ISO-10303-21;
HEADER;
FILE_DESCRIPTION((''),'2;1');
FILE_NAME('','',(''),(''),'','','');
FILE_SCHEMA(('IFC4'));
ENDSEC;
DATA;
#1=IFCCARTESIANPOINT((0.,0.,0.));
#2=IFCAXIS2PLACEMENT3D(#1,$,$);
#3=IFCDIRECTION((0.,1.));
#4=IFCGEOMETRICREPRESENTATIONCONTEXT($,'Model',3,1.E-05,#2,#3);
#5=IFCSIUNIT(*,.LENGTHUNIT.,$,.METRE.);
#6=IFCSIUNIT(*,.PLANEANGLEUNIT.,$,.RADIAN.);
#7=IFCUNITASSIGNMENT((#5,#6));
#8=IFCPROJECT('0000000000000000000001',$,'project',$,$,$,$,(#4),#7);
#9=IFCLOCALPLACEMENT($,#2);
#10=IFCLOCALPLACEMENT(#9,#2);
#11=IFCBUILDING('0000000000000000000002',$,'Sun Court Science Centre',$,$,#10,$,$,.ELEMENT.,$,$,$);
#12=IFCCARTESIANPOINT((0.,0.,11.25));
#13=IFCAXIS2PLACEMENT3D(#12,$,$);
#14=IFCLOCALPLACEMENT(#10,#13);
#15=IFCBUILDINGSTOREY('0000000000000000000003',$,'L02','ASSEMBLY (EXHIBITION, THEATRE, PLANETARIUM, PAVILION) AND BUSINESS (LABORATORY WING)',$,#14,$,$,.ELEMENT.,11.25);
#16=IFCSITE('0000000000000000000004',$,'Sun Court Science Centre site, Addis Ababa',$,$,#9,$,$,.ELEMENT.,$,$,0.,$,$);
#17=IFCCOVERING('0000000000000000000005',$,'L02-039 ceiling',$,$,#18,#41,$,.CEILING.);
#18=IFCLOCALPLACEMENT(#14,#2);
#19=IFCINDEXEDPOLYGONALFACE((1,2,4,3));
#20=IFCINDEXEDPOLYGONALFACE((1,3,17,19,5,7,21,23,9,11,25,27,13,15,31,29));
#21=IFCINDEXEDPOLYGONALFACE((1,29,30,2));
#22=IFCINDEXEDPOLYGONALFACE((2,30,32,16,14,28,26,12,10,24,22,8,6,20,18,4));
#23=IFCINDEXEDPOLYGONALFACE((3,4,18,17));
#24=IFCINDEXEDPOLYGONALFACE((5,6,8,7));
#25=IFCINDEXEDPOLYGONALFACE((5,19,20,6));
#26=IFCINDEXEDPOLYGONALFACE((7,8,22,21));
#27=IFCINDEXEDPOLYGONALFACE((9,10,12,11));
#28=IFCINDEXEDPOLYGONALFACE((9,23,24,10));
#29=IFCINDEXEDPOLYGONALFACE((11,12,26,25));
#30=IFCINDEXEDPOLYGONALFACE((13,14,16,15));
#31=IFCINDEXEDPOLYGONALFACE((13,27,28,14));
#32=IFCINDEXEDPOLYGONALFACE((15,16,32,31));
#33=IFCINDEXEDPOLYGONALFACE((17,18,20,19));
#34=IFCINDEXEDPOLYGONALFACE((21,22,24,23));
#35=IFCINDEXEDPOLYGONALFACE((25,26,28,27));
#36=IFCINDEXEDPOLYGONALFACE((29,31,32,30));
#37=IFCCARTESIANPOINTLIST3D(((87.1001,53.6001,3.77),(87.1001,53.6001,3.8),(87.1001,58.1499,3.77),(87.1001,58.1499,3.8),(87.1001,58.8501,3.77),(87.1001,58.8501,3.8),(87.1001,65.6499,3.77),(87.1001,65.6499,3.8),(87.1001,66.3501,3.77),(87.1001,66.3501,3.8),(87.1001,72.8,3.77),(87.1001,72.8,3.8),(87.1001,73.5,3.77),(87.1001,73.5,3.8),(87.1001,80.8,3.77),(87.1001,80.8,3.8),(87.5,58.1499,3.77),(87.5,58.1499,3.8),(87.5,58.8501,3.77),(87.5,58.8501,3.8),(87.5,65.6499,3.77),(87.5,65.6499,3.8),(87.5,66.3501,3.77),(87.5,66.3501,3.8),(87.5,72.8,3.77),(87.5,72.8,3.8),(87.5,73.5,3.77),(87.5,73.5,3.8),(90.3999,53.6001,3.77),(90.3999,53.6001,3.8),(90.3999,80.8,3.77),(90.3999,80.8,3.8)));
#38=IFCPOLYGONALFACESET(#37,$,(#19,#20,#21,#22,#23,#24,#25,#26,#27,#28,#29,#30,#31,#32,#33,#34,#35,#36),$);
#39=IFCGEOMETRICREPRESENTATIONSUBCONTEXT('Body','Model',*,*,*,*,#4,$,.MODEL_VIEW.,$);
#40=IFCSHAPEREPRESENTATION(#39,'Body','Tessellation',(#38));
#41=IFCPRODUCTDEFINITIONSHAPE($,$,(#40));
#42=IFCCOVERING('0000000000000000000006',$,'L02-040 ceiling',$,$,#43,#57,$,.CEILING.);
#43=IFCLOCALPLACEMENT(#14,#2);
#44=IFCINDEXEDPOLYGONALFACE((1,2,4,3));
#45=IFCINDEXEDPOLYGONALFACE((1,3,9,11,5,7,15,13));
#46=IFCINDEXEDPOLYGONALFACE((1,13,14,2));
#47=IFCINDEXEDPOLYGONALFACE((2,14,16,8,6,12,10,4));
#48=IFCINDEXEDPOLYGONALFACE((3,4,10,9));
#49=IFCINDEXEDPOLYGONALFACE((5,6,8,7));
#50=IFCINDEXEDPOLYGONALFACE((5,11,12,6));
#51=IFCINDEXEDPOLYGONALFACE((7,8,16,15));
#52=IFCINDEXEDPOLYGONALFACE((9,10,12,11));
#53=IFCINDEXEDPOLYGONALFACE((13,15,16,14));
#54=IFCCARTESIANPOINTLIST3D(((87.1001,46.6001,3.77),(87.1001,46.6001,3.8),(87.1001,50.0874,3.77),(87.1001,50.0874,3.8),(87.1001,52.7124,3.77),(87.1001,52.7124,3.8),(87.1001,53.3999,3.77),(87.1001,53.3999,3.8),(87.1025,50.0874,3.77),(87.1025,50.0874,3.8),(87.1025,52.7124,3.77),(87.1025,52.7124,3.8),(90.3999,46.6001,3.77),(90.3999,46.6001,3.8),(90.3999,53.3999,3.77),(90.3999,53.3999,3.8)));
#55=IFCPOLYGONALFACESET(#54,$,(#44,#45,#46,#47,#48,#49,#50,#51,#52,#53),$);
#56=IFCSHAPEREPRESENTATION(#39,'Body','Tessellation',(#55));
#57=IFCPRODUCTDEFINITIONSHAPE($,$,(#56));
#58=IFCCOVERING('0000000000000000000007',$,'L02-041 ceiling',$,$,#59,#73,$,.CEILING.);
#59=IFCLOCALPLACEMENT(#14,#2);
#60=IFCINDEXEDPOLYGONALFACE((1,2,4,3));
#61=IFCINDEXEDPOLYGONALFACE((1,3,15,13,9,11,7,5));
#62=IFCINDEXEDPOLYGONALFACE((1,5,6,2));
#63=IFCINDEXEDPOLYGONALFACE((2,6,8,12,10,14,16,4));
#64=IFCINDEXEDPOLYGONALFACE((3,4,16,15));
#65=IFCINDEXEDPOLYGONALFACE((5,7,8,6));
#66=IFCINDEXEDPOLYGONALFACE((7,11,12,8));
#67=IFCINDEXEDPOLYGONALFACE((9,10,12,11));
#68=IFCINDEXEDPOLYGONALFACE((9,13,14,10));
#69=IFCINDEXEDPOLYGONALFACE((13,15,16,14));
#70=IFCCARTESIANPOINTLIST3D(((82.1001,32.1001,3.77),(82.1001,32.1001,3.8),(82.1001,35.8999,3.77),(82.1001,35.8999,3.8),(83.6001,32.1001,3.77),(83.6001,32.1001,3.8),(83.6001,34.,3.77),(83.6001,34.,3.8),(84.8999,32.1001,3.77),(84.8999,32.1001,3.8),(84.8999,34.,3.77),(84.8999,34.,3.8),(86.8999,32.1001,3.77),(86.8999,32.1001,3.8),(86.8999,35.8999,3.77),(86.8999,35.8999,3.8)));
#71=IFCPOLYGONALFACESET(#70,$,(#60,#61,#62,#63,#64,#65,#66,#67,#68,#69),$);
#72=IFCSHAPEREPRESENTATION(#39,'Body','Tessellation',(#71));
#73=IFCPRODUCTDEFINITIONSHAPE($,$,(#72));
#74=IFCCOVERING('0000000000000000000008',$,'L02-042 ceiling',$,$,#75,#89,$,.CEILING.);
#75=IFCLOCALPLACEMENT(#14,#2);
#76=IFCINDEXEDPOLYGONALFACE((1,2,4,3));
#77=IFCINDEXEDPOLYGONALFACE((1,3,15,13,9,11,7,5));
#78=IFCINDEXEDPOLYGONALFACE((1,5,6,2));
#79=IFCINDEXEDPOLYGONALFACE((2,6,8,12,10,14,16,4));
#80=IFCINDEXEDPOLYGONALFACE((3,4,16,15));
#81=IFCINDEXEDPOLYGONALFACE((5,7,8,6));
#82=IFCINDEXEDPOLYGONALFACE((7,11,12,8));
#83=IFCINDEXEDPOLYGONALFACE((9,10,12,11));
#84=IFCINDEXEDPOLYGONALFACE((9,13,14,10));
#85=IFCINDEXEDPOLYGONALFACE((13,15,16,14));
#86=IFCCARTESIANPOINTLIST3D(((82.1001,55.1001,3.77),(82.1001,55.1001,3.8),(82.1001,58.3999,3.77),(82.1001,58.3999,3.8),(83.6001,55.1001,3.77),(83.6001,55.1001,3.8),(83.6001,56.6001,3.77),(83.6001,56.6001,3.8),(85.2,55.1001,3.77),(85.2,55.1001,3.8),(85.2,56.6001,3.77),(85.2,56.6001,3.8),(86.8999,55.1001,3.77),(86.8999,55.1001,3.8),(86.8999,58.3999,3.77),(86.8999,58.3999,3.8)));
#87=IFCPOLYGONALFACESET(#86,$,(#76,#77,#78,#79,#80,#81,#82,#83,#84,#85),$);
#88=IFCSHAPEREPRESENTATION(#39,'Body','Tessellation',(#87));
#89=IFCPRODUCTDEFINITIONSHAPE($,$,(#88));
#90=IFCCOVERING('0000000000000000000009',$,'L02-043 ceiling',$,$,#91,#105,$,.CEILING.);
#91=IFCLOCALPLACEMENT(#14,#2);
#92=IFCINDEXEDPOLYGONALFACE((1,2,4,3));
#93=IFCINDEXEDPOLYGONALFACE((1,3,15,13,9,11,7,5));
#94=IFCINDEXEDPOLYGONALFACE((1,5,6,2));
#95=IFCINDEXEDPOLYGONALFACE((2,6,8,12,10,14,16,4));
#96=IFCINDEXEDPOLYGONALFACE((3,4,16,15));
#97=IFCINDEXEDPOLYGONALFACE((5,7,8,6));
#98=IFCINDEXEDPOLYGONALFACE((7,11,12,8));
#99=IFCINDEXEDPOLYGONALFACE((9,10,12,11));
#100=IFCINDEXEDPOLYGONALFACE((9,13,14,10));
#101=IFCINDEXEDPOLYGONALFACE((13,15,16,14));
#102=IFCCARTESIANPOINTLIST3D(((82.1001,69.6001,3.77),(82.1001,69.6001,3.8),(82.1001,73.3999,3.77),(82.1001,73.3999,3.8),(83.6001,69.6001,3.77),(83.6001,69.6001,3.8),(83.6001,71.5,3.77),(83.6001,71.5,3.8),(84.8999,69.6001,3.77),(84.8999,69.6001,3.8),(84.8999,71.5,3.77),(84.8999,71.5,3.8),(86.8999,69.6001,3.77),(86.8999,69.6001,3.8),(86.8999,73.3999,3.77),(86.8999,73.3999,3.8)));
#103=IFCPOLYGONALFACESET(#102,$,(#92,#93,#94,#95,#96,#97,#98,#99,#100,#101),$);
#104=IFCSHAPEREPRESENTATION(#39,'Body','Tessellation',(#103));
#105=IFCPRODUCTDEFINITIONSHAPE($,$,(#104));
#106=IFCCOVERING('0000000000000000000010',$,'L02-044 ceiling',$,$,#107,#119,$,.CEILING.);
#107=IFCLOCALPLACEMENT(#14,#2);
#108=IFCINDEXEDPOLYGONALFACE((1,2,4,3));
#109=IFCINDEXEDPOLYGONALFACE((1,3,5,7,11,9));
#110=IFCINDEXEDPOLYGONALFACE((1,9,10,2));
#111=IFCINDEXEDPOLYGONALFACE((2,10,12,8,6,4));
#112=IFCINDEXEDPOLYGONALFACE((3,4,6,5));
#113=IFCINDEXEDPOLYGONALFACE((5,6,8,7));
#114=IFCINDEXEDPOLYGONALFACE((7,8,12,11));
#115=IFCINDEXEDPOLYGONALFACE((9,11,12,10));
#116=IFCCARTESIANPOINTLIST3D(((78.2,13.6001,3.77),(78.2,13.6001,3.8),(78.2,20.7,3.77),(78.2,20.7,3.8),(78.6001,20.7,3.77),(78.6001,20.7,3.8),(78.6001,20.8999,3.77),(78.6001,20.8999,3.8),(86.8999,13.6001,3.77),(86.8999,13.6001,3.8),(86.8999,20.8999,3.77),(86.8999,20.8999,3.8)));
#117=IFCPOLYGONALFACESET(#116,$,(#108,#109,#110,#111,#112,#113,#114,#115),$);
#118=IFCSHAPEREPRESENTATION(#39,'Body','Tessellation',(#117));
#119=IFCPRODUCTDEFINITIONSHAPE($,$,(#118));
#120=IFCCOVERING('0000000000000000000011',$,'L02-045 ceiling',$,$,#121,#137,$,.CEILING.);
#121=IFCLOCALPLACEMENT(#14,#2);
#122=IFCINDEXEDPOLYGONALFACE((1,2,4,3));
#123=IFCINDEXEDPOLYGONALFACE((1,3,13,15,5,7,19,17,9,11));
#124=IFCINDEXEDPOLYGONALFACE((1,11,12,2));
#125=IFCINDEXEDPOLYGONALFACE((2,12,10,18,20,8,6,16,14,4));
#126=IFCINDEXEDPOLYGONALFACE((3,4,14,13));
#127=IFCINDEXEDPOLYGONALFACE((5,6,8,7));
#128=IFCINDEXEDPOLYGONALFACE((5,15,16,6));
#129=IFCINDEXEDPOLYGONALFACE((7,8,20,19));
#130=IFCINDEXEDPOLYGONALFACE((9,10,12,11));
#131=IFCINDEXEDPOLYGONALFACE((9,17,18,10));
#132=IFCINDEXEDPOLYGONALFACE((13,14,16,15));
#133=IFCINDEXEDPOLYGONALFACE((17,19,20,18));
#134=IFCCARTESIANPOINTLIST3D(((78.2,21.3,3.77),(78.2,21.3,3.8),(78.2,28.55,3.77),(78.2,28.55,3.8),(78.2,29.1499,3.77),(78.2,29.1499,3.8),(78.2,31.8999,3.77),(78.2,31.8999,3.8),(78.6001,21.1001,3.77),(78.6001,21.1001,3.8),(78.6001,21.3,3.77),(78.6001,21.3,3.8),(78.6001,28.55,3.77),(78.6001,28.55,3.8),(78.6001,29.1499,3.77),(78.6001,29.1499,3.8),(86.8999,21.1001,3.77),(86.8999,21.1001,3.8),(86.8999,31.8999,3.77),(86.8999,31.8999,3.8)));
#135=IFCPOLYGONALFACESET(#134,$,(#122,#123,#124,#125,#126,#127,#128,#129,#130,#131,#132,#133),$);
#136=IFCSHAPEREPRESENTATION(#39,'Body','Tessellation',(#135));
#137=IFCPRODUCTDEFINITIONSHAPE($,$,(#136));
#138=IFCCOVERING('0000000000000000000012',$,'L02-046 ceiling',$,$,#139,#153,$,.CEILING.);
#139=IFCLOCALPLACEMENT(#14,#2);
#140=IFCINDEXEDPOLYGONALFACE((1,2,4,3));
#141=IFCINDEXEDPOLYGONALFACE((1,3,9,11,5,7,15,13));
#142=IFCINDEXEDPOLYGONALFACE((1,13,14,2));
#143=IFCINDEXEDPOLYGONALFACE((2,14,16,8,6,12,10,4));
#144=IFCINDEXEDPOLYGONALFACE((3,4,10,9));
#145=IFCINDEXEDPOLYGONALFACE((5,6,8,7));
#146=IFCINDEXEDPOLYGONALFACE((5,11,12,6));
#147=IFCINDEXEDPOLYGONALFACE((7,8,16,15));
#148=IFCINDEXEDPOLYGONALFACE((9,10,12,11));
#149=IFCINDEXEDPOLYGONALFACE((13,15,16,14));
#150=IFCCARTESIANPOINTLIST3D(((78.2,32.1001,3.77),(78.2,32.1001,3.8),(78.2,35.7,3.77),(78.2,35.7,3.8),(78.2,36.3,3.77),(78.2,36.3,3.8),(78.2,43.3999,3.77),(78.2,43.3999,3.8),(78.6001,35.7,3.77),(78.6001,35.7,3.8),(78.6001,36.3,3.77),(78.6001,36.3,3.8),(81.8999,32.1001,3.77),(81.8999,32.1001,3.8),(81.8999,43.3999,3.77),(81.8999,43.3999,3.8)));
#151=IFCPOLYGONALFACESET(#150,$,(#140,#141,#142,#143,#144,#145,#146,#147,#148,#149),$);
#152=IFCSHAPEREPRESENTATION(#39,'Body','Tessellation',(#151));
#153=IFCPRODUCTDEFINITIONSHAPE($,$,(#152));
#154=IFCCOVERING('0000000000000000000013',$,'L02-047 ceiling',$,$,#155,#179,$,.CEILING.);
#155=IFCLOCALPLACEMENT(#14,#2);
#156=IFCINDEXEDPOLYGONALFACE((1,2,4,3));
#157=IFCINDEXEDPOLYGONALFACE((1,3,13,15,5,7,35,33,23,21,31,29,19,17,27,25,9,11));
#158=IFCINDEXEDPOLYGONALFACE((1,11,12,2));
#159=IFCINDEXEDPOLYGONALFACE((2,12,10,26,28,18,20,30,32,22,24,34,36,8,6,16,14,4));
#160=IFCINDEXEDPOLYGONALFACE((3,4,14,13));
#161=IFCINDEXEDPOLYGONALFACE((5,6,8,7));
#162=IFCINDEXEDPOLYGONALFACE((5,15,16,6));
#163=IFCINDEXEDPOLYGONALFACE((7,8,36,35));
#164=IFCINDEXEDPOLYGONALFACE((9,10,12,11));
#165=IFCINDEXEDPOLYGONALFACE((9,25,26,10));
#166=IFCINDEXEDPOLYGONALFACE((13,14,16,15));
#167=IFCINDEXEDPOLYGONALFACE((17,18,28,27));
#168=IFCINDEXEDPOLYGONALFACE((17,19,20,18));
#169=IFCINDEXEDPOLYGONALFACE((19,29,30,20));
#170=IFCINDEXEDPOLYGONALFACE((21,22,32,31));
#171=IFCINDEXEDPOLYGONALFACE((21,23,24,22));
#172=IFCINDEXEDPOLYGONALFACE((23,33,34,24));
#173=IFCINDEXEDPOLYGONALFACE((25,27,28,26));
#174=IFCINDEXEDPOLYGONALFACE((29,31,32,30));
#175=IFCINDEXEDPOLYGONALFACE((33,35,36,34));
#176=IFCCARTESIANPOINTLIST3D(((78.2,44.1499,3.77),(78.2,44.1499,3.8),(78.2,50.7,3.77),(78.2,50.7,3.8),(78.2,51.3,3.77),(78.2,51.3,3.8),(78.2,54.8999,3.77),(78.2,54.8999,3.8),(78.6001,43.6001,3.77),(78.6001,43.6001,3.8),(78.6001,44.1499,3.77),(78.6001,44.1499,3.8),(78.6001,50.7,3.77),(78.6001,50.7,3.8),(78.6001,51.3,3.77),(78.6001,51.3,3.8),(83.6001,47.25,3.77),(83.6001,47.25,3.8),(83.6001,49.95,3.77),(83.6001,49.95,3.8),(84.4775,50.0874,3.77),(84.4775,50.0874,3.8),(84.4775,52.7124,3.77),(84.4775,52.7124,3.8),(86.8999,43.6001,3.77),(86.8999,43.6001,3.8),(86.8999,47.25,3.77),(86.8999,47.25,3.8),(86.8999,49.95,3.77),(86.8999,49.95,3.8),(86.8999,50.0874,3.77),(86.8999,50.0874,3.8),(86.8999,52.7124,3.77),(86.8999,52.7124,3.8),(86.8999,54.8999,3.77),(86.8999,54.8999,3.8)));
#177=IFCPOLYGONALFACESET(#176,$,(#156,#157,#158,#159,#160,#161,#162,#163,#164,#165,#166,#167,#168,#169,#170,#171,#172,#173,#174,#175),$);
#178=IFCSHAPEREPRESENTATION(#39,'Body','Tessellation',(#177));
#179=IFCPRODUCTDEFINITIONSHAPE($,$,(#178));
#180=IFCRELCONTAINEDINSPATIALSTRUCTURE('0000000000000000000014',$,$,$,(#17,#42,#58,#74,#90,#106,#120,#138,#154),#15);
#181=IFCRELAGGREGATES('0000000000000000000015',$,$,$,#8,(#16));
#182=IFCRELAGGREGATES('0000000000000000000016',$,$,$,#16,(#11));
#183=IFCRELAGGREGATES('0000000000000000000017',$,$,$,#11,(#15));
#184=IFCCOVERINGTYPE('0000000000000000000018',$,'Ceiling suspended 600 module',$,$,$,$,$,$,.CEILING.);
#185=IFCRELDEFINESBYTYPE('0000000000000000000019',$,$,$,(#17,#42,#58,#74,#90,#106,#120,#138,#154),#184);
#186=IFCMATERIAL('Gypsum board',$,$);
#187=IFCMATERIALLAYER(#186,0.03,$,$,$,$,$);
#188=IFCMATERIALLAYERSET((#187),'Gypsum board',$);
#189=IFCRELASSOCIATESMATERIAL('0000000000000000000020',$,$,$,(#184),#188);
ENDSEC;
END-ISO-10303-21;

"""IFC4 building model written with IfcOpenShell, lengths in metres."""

from ifc_helpers import new_model, si_unit, direction, frame, origin, place, context, subcontext, project, spatial, polyline, outline, extrude, material, layer, layer_set, type_object, element, save


model = new_model("IFC4")

# Units and contexts
model_context = context("Model", 3, precision=1e-05, world=origin(), true_north=direction((0.0, 1.0)))
body_context = subcontext(model_context, "Body", "Model", "MODEL_VIEW")
ifc_project = project(units=[si_unit("LENGTHUNIT", "METRE"), si_unit("PLANEANGLEUNIT", "RADIAN")], contexts=[model_context])

# Site, building, storey
site_placement = place(None, origin())
site = spatial("IfcSite", under=ifc_project, at=site_placement, Name="Sun Court Science Centre site, Addis Ababa", CompositionType="ELEMENT", RefElevation=0.0)
building_placement = place(site_placement, origin())
building = spatial("IfcBuilding", under=site, at=building_placement, Name="Sun Court Science Centre", CompositionType="ELEMENT")
storey_placement = place(building_placement, frame((0.0, 0.0, 11.25)))
storey = spatial("IfcBuildingStorey", under=building, at=storey_placement, Name="L02", Description="ASSEMBLY (EXHIBITION, THEATRE, PLANETARIUM, PAVILION) AND BUSINESS (LABORATORY WING)", CompositionType="ELEMENT", Elevation=11.25)

# Coverings
ifc_material = material(Name="Gypsum board")
ifc_layer = layer(ifc_material, 0.03)
ifc_layer_set = layer_set([ifc_layer], Name="Gypsum board")
covering_type = type_object("IfcCoveringType", Name="Ceiling suspended 600 module", PredefinedType="CEILING", material=ifc_layer_set)
covering_1_placement = place(storey_placement, frame((0.0, 0.0, 3.77)))
element("IfcCovering", 1, at=covering_1_placement, inside=storey, type_object=covering_type, Name="L02-039 ceiling", PredefinedType="CEILING", context=body_context, shape_type="SweptSolid", body=[
    extrude(outline(polyline([(90.3999, 80.8), (90.3999, 53.6001), (87.1001, 53.6001), (87.1001, 58.1499), (87.5, 58.1499), (87.5, 58.8501), (87.1001, 58.8501), (87.1001, 65.6499), (87.5, 65.6499), (87.5, 66.3501), (87.1001, 66.3501), (87.1001, 72.8), (87.5, 72.8), (87.5, 73.5), (87.1001, 73.5), (87.1001, 80.8), (90.3999, 80.8)])), origin(), (0.0, 0.0, 1.0), 0.03),
])
covering_2_placement = place(storey_placement, frame((0.0, 0.0, 3.77)))
element("IfcCovering", 2, at=covering_2_placement, inside=storey, type_object=covering_type, Name="L02-040 ceiling", PredefinedType="CEILING", context=body_context, shape_type="SweptSolid", body=[
    extrude(outline(polyline([(87.1001, 53.3999), (90.3999, 53.3999), (90.3999, 46.6001), (87.1001, 46.6001), (87.1001, 50.0874), (87.1025, 50.0874), (87.1025, 52.7124), (87.1001, 52.7124), (87.1001, 53.3999)])), origin(), (0.0, 0.0, 1.0), 0.03),
])
covering_3_placement = place(storey_placement, frame((0.0, 0.0, 3.77)))
element("IfcCovering", 3, at=covering_3_placement, inside=storey, type_object=covering_type, Name="L02-041 ceiling", PredefinedType="CEILING", context=body_context, shape_type="SweptSolid", body=[
    extrude(outline(polyline([(84.8999, 34.0), (83.6001, 34.0), (83.6001, 32.1001), (82.1001, 32.1001), (82.1001, 35.8999), (86.8999, 35.8999), (86.8999, 32.1001), (84.8999, 32.1001), (84.8999, 34.0)])), origin(), (0.0, 0.0, 1.0), 0.03),
])
covering_4_placement = place(storey_placement, frame((0.0, 0.0, 3.77)))
element("IfcCovering", 4, at=covering_4_placement, inside=storey, type_object=covering_type, Name="L02-042 ceiling", PredefinedType="CEILING", context=body_context, shape_type="SweptSolid", body=[
    extrude(outline(polyline([(85.2, 56.6001), (83.6001, 56.6001), (83.6001, 55.1001), (82.1001, 55.1001), (82.1001, 58.3999), (86.8999, 58.3999), (86.8999, 55.1001), (85.2, 55.1001), (85.2, 56.6001)])), origin(), (0.0, 0.0, 1.0), 0.03),
])
covering_5_placement = place(storey_placement, frame((0.0, 0.0, 3.77)))
element("IfcCovering", 5, at=covering_5_placement, inside=storey, type_object=covering_type, Name="L02-043 ceiling", PredefinedType="CEILING", context=body_context, shape_type="SweptSolid", body=[
    extrude(outline(polyline([(84.8999, 71.5), (83.6001, 71.5), (83.6001, 69.6001), (82.1001, 69.6001), (82.1001, 73.3999), (86.8999, 73.3999), (86.8999, 69.6001), (84.8999, 69.6001), (84.8999, 71.5)])), origin(), (0.0, 0.0, 1.0), 0.03),
])
covering_6_placement = place(storey_placement, frame((0.0, 0.0, 3.77)))
element("IfcCovering", 6, at=covering_6_placement, inside=storey, type_object=covering_type, Name="L02-044 ceiling", PredefinedType="CEILING", context=body_context, shape_type="SweptSolid", body=[
    extrude(outline(polyline([(78.6001, 20.8999), (86.8999, 20.8999), (86.8999, 13.6001), (78.2, 13.6001), (78.2, 20.7), (78.6001, 20.7), (78.6001, 20.8999)])), origin(), (0.0, 0.0, 1.0), 0.03),
])
covering_7_placement = place(storey_placement, frame((0.0, 0.0, 3.77)))
element("IfcCovering", 7, at=covering_7_placement, inside=storey, type_object=covering_type, Name="L02-045 ceiling", PredefinedType="CEILING", context=body_context, shape_type="SweptSolid", body=[
    extrude(outline(polyline([(78.2, 31.8999), (86.8999, 31.8999), (86.8999, 21.1001), (78.6001, 21.1001), (78.6001, 21.3), (78.2, 21.3), (78.2, 28.55), (78.6001, 28.55), (78.6001, 29.1499), (78.2, 29.1499), (78.2, 31.8999)])), origin(), (0.0, 0.0, 1.0), 0.03),
])
covering_8_placement = place(storey_placement, frame((0.0, 0.0, 3.77)))
element("IfcCovering", 8, at=covering_8_placement, inside=storey, type_object=covering_type, Name="L02-046 ceiling", PredefinedType="CEILING", context=body_context, shape_type="SweptSolid", body=[
    extrude(outline(polyline([(78.2, 43.3999), (81.8999, 43.3999), (81.8999, 32.1001), (78.2, 32.1001), (78.2, 35.7), (78.6001, 35.7), (78.6001, 36.3), (78.2, 36.3), (78.2, 43.3999)])), origin(), (0.0, 0.0, 1.0), 0.03),
])
covering_9_placement = place(storey_placement, frame((0.0, 0.0, 3.77)))
element("IfcCovering", 9, at=covering_9_placement, inside=storey, type_object=covering_type, Name="L02-047 ceiling", PredefinedType="CEILING", context=body_context, shape_type="SweptSolid", body=[
    extrude(outline(polyline([(78.2, 54.8999), (86.8999, 54.8999), (86.8999, 52.7124), (84.4775, 52.7124), (84.4775, 50.0874), (86.8999, 50.0874), (86.8999, 49.95), (83.6001, 49.95), (83.6001, 47.25), (86.8999, 47.25), (86.8999, 43.6001), (78.6001, 43.6001), (78.6001, 44.1499), (78.2, 44.1499), (78.2, 50.7), (78.6001, 50.7), (78.6001, 51.3), (78.2, 51.3), (78.2, 54.8999)])), origin(), (0.0, 0.0, 1.0), 0.03),
])

save(model, "model.ifc")
